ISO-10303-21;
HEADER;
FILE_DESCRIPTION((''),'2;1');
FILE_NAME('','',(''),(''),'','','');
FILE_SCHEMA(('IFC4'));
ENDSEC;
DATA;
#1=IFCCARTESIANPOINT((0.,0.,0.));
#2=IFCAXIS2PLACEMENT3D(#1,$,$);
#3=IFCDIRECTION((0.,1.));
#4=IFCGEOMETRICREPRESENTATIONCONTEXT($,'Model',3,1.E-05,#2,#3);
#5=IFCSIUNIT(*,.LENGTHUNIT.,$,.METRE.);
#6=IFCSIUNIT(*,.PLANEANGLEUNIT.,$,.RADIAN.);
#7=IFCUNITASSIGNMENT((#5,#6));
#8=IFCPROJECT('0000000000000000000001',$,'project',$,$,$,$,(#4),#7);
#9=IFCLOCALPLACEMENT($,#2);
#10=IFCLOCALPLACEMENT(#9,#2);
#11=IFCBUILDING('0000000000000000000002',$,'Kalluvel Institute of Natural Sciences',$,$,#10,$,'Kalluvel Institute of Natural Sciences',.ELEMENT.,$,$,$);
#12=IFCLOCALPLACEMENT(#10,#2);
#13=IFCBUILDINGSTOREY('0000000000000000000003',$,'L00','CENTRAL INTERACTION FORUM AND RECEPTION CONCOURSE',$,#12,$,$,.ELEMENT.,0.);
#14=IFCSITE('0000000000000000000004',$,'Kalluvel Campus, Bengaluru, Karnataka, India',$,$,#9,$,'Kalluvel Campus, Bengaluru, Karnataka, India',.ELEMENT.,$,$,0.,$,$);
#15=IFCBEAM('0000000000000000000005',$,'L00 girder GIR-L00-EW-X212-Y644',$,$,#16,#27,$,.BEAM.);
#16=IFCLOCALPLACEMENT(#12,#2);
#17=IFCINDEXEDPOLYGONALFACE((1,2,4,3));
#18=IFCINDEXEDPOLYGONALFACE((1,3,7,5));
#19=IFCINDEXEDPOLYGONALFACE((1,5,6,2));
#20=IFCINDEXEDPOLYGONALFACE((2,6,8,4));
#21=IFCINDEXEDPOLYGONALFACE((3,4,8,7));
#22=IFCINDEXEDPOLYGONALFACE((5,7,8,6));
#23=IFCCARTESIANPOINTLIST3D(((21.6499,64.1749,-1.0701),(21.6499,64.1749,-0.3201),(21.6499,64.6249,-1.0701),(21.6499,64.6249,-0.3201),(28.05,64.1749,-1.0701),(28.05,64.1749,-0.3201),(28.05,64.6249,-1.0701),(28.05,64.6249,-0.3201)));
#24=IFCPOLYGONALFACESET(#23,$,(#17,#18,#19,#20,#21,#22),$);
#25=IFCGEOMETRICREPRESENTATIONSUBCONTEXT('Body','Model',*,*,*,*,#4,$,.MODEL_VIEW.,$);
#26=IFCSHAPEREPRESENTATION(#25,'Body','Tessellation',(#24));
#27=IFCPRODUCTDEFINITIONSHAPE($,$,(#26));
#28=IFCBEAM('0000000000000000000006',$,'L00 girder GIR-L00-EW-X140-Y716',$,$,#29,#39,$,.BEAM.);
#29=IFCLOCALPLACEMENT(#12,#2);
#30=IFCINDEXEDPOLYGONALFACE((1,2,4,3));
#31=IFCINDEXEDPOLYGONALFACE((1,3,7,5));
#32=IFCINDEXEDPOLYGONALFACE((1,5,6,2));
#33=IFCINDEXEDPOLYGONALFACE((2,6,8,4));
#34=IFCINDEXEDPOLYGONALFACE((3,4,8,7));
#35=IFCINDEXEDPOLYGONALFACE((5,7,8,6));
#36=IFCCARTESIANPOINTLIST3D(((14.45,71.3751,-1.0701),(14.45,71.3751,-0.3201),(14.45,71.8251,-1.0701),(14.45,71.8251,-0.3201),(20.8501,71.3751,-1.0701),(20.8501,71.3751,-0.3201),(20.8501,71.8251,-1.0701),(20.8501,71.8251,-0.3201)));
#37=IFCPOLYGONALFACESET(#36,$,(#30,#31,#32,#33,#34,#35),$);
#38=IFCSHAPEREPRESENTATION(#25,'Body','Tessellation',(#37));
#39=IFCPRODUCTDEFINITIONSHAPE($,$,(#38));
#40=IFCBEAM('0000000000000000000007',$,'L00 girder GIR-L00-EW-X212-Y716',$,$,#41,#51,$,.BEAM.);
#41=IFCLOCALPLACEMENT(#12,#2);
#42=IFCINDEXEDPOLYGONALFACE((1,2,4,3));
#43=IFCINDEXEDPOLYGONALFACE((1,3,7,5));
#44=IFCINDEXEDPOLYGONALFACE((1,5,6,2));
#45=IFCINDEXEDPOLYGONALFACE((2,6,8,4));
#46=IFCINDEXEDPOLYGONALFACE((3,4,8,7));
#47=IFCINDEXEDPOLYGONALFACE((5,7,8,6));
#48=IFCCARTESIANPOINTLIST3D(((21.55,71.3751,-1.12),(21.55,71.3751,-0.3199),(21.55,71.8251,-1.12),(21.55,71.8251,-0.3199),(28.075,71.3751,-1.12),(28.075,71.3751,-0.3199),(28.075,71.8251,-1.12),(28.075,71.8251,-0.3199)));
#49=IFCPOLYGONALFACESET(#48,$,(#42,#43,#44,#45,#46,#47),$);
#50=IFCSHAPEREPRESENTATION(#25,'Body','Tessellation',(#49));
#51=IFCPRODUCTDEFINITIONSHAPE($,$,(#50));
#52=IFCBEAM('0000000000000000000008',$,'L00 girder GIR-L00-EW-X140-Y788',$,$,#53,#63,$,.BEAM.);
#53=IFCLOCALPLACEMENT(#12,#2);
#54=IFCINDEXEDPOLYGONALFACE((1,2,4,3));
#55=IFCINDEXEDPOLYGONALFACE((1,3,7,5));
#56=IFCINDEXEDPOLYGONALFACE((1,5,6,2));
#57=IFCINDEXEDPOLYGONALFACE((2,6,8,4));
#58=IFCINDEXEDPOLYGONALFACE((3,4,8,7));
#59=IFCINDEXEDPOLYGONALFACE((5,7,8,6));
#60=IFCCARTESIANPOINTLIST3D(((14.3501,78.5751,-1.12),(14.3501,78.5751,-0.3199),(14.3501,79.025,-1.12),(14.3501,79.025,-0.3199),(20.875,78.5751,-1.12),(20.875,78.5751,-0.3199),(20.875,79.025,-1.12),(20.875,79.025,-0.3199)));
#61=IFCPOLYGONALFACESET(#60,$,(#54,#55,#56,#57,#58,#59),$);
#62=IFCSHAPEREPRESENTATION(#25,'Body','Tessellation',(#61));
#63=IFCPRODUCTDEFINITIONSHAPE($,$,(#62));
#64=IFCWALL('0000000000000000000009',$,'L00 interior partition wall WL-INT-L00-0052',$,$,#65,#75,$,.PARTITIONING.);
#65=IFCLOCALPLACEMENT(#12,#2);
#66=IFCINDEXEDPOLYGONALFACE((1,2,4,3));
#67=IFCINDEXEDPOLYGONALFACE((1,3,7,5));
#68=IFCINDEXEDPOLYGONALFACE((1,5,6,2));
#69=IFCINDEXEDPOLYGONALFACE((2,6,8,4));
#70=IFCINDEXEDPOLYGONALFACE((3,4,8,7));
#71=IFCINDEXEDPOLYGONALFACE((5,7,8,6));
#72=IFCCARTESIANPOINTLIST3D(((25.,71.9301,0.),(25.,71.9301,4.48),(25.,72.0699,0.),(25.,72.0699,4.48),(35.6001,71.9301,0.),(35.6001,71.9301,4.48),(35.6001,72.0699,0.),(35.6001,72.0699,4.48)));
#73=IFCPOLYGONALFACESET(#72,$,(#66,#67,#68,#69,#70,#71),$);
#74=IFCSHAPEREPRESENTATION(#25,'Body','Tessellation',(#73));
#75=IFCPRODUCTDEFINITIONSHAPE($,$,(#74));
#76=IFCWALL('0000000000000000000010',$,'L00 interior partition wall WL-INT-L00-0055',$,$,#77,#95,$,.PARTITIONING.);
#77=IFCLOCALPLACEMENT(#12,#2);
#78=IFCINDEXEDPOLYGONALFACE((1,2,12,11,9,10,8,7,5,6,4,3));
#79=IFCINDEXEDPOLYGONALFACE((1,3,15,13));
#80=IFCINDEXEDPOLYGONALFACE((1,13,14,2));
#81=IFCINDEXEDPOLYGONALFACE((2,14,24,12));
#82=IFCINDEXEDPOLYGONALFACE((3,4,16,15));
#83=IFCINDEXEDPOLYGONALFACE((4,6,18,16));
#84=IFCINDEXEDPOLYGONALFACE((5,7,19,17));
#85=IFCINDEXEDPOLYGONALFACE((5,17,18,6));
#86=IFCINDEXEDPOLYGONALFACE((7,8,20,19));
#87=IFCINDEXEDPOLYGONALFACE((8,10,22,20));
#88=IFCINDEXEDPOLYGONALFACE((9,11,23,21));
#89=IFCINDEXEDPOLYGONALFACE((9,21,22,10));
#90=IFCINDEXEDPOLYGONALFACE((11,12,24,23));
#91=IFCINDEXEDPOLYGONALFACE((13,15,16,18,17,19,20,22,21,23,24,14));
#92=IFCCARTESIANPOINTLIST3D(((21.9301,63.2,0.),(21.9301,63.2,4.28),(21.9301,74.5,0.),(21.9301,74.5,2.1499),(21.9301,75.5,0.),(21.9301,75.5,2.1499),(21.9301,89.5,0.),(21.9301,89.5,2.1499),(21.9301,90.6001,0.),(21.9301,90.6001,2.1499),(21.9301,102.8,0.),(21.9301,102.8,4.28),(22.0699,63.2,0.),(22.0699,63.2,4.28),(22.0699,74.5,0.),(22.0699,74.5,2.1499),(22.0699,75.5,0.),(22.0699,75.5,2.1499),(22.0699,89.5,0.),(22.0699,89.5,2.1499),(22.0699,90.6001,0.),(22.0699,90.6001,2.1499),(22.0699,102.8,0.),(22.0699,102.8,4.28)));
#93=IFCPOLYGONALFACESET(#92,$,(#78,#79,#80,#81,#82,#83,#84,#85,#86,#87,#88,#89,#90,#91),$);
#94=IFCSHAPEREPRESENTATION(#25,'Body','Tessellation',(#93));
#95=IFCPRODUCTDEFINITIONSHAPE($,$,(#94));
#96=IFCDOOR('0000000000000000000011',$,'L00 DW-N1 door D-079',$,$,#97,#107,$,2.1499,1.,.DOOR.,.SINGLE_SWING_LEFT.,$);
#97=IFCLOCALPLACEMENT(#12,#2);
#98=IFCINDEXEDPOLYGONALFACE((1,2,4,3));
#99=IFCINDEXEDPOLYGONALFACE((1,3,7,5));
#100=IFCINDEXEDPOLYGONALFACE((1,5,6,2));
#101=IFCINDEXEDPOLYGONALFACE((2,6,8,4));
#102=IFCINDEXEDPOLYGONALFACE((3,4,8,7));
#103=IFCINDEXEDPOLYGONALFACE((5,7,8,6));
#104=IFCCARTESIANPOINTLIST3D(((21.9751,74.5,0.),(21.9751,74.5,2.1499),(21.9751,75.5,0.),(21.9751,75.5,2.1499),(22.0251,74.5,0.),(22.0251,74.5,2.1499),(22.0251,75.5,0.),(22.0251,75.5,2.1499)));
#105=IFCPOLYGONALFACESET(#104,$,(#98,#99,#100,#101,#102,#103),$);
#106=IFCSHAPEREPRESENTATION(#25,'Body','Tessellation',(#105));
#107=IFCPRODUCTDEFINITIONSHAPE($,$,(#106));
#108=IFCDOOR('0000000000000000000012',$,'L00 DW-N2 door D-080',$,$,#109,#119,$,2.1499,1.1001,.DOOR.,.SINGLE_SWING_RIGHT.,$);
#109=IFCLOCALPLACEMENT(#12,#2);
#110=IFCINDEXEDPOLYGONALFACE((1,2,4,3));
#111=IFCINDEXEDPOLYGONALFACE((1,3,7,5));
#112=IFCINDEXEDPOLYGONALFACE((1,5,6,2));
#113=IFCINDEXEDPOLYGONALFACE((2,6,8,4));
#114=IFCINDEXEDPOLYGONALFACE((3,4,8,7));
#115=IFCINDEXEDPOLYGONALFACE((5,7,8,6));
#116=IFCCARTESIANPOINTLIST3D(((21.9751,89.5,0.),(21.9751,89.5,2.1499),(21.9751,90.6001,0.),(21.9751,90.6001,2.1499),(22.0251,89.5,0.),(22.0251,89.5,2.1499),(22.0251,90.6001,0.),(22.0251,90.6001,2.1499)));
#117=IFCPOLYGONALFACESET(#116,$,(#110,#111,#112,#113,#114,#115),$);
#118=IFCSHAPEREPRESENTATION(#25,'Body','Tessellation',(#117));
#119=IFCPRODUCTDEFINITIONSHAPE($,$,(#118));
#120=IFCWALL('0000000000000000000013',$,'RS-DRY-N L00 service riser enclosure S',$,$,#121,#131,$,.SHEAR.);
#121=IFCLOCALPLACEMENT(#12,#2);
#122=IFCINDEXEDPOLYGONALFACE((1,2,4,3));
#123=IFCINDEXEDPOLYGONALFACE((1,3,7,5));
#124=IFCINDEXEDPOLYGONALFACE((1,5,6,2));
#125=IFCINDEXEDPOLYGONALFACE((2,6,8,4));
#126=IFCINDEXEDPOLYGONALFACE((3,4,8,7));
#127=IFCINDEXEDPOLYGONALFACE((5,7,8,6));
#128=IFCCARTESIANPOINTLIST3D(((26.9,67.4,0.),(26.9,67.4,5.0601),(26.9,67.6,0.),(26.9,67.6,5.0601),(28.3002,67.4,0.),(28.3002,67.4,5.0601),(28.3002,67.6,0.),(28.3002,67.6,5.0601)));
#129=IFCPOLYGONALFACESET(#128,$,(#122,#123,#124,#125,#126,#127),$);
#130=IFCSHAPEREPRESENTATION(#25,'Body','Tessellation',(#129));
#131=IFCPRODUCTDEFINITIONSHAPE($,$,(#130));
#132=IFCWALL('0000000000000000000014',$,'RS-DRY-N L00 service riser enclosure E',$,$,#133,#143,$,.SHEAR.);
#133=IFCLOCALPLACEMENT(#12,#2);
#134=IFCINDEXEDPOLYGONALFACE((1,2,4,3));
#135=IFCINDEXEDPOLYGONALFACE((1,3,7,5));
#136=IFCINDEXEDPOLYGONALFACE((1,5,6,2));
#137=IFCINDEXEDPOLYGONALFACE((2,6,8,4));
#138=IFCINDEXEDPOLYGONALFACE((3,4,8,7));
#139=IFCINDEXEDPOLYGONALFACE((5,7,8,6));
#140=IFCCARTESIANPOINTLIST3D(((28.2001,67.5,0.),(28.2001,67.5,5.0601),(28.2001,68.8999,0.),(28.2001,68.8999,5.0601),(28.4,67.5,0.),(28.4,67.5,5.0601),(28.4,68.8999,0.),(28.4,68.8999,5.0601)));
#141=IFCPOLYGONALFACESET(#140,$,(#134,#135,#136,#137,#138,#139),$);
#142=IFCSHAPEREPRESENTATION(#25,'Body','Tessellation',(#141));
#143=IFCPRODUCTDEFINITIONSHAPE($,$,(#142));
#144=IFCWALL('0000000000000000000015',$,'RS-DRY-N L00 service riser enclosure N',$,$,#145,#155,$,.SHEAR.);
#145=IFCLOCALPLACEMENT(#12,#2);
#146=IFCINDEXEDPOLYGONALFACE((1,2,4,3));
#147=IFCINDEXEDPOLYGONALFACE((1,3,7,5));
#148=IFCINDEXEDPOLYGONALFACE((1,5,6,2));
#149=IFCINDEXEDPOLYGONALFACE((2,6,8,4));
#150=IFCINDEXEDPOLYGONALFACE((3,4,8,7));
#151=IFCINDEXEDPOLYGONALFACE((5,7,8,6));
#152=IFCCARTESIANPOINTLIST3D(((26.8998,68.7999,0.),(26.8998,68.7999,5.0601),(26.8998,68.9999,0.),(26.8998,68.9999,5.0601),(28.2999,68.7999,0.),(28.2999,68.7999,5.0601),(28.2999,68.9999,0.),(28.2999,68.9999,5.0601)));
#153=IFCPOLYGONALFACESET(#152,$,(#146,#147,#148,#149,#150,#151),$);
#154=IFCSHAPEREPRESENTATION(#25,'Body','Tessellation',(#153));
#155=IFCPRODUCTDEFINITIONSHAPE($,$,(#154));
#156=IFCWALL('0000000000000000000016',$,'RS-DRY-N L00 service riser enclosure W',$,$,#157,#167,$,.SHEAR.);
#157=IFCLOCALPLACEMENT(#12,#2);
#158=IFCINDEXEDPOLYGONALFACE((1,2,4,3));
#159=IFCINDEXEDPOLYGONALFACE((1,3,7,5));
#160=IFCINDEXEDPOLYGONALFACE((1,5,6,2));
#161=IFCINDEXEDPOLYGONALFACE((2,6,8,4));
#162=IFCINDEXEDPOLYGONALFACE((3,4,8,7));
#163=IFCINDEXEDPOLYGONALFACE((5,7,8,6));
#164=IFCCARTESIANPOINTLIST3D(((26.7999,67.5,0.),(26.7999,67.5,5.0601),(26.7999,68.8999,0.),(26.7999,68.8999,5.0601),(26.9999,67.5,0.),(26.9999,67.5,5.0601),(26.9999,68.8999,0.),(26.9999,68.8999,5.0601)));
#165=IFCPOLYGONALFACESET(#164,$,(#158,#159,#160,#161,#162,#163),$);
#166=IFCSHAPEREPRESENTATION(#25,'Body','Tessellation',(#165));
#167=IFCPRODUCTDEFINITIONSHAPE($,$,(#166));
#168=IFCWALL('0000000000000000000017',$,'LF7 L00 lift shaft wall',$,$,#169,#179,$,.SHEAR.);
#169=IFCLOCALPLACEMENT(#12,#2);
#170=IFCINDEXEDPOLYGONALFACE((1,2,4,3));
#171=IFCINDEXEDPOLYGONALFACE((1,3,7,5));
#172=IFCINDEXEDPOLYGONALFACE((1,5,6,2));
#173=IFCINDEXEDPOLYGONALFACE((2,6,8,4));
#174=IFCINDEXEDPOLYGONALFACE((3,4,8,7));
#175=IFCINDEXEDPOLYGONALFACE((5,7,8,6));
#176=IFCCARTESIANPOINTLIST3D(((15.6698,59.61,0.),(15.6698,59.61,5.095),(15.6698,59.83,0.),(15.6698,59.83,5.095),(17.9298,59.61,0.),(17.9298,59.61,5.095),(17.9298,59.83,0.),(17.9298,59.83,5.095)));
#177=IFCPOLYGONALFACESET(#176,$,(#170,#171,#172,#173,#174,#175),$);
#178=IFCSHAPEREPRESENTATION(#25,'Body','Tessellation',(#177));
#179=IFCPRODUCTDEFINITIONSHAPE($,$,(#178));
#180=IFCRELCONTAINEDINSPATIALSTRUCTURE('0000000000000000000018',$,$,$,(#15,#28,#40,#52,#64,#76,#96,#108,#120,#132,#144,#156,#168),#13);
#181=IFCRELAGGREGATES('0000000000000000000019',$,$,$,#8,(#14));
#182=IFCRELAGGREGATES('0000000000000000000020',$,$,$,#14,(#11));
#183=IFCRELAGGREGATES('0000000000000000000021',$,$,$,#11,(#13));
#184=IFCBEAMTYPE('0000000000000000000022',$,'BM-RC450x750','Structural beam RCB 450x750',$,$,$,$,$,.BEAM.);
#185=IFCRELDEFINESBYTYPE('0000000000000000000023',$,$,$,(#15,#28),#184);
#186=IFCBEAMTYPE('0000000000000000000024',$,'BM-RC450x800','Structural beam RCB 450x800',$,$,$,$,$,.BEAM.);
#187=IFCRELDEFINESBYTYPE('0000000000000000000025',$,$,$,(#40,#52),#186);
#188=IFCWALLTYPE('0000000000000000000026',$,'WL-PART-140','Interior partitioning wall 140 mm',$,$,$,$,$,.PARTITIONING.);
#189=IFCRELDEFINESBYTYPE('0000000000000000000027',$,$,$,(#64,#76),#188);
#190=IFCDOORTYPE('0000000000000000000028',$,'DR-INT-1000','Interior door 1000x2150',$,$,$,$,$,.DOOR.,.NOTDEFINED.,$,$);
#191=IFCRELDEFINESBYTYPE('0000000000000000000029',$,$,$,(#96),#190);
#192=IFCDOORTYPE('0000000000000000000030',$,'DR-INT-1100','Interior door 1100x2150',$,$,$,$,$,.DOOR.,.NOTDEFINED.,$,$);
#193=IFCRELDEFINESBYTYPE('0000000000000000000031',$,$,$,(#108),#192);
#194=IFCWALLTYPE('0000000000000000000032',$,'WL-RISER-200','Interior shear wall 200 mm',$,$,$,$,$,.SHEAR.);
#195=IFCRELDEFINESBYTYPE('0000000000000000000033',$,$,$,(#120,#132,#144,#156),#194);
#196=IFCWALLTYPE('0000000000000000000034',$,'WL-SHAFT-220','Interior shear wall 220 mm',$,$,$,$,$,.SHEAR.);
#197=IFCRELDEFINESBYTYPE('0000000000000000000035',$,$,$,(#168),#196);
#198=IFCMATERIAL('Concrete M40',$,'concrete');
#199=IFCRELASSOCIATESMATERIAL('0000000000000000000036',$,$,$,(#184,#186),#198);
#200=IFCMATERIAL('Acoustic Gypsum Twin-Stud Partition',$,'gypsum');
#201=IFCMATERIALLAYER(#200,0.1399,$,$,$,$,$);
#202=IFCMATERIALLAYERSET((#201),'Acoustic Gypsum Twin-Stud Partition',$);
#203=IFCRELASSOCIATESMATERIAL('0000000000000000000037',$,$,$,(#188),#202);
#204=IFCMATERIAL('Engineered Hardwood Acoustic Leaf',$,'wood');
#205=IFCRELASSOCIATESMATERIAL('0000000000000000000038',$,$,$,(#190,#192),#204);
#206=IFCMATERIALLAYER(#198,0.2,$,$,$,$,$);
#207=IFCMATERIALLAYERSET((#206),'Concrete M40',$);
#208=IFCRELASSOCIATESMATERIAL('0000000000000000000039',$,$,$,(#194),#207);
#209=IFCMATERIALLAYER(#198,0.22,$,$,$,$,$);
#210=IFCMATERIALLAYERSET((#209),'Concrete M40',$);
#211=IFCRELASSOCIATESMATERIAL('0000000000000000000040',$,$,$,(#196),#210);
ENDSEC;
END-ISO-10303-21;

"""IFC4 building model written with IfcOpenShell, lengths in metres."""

from ifc_helpers import new_model, si_unit, direction, frame, frame_2d, origin, origin_2d, place, context, subcontext, project, spatial, rectangle, extrude, material, layer, layer_set, material_profile, profile_set, type_object, element, fill, save


model = new_model("IFC4")

# Units and contexts
model_context = context("Model", 3, precision=1e-05, world=origin(), true_north=direction((0.0, 1.0)))
body_context = subcontext(model_context, "Body", "Model", "MODEL_VIEW")
ifc_project = project(units=[si_unit("LENGTHUNIT", "METRE"), si_unit("PLANEANGLEUNIT", "RADIAN")], contexts=[model_context])

# Site, building, storey
site_placement = place(None, origin())
site = spatial("IfcSite", under=ifc_project, at=site_placement, Name="Kalluvel Campus, Bengaluru, Karnataka, India", LongName="Kalluvel Campus, Bengaluru, Karnataka, India", CompositionType="ELEMENT", RefElevation=0.0)
building_placement = place(site_placement, origin())
building = spatial("IfcBuilding", under=site, at=building_placement, Name="Kalluvel Institute of Natural Sciences", LongName="Kalluvel Institute of Natural Sciences", CompositionType="ELEMENT")
storey_placement = place(building_placement, origin())
storey = spatial("IfcBuildingStorey", under=building, at=storey_placement, Name="L00", Description="CENTRAL INTERACTION FORUM AND RECEPTION CONCOURSE", CompositionType="ELEMENT", Elevation=0.0)

# Beams
ifc_material_1 = material(Name="Concrete M40", Category="concrete")
ifc_material_profile_1 = material_profile(ifc_material_1, rectangle(XDim=0.45, YDim=0.75, at=origin_2d()), Name="RCB 450x750")
ifc_profile_set_1 = profile_set([ifc_material_profile_1], Name="Concrete M40")
beam_type_1 = type_object("IfcBeamType", Name="BM-RC450x750", Description="Structural beam RCB 450x750", PredefinedType="BEAM", material=ifc_profile_set_1)
for number, where, z_axis, x_axis, name in (
    (1, (21.6499, 64.3999, -0.6951), (1.0, 0.0, 0.0), (0.0, 1.0, 0.0), "L00 girder GIR-L00-EW-X212-Y644"),
    (2, (14.45, 71.6001, -0.6951), (1.0, 0.0, 0.0), (0.0, 1.0, 0.0), "L00 girder GIR-L00-EW-X140-Y716"),
):
    element("IfcBeam", number, at=place(storey_placement, frame(where, z_axis=z_axis, x_axis=x_axis)), inside=storey, type_object=beam_type_1, Name=name, PredefinedType="BEAM", context=body_context, shape_type="SweptSolid", body=[
        extrude(rectangle(XDim=0.45, YDim=0.75, at=origin_2d()), origin(), (0.0, 0.0, 1.0), 6.4001),
    ])
ifc_material_profile_2 = material_profile(ifc_material_1, rectangle(XDim=0.45, YDim=0.8, at=origin_2d()), Name="RCB 450x800")
ifc_profile_set_2 = profile_set([ifc_material_profile_2], Name="Concrete M40")
beam_type_2 = type_object("IfcBeamType", Name="BM-RC450x800", Description="Structural beam RCB 450x800", PredefinedType="BEAM", material=ifc_profile_set_2)
for number, where, z_axis, x_axis, name in (
    (3, (21.55, 71.6001, -0.72), (1.0, 0.0, 0.0), (0.0, 1.0, 0.0), "L00 girder GIR-L00-EW-X212-Y716"),
    (4, (14.3501, 78.8, -0.72), (1.0, 0.0, 0.0), (0.0, 1.0, 0.0), "L00 girder GIR-L00-EW-X140-Y788"),
):
    element("IfcBeam", number, at=place(storey_placement, frame(where, z_axis=z_axis, x_axis=x_axis)), inside=storey, type_object=beam_type_2, Name=name, PredefinedType="BEAM", context=body_context, shape_type="SweptSolid", body=[
        extrude(rectangle(XDim=0.45, YDim=0.8, at=origin_2d()), origin(), (0.0, 0.0, 1.0), 6.5249),
    ])

# Wall
ifc_material_2 = material(Name="Acoustic Gypsum Twin-Stud Partition", Category="gypsum")
ifc_layer_1 = layer(ifc_material_2, 0.1399)
ifc_layer_set_1 = layer_set([ifc_layer_1], Name="Acoustic Gypsum Twin-Stud Partition")
wall_type_1 = type_object("IfcWallType", Name="WL-PART-140", Description="Interior partitioning wall 140 mm", PredefinedType="PARTITIONING", material=ifc_layer_set_1)
wall_1_placement = place(storey_placement, frame((25.0, 72.0, 0.0), z_axis=(0.0, 0.0, 1.0), x_axis=(1.0, 0.0, 0.0)))
element("IfcWall", 5, at=wall_1_placement, inside=storey, type_object=wall_type_1, Name="L00 interior partition wall WL-INT-L00-0052", PredefinedType="PARTITIONING", context=body_context, shape_type="SweptSolid", body=[
    extrude(rectangle(XDim=10.6001, YDim=0.1399, at=frame_2d((5.3, 0.0))), origin(), (0.0, 0.0, 1.0), 4.48),
])

# Wall, openings, doors
wall_2_placement = place(storey_placement, frame((22.0, 63.2, 0.0), z_axis=(0.0, 0.0, 1.0), x_axis=(0.0, 1.0, 0.0)))
wall_2 = element("IfcWall", 6, at=wall_2_placement, inside=storey, type_object=wall_type_1, Name="L00 interior partition wall WL-INT-L00-0055", PredefinedType="PARTITIONING", context=body_context, shape_type="SweptSolid", body=[
    extrude(rectangle(XDim=39.6001, YDim=0.1399, at=frame_2d((19.8, 0.0))), origin(), (0.0, 0.0, 1.0), 4.28),
])
opening_1_placement = place(wall_2_placement, frame((11.3, 0.0, 0.0)))
opening_1 = element("IfcOpeningElement", 7, at=opening_1_placement, cuts=wall_2, PredefinedType="OPENING", context=body_context, shape_type="SweptSolid", body=[
    extrude(rectangle(XDim=1.0, YDim=2.1499, at=frame_2d((0.5, 1.075))), frame((0.0, 0.0798, 0.0), z_axis=(0.0, -1.0, 0.0), x_axis=(1.0, 0.0, 0.0)), (0.0, 0.0, 1.0), 0.1599),
])
opening_2_placement = place(wall_2_placement, frame((26.3, 0.0, 0.0)))
opening_2 = element("IfcOpeningElement", 8, at=opening_2_placement, cuts=wall_2, PredefinedType="OPENING", context=body_context, shape_type="SweptSolid", body=[
    extrude(rectangle(XDim=1.1001, YDim=2.1499, at=frame_2d((0.55, 1.075))), frame((0.0, 0.0798, 0.0), z_axis=(0.0, -1.0, 0.0), x_axis=(1.0, 0.0, 0.0)), (0.0, 0.0, 1.0), 0.1599),
])
ifc_material_3 = material(Name="Engineered Hardwood Acoustic Leaf", Category="wood")
door_type_1 = type_object("IfcDoorType", Name="DR-INT-1000", Description="Interior door 1000x2150", OperationType="NOTDEFINED", PredefinedType="DOOR", material=ifc_material_3)
door_1_placement = place(opening_1_placement, origin())
door_1 = element("IfcDoor", 9, at=door_1_placement, inside=storey, type_object=door_type_1, Name="L00 DW-N1 door D-079", OperationType="SINGLE_SWING_LEFT", OverallHeight=2.1499, OverallWidth=1.0, PredefinedType="DOOR", context=body_context, shape_type="SweptSolid", body=[
    extrude(rectangle(XDim=1.0, YDim=2.1499, at=frame_2d((0.5, 1.075))), frame((0.0, 0.0249, 0.0), z_axis=(0.0, -1.0, 0.0), x_axis=(1.0, 0.0, 0.0)), (0.0, 0.0, 1.0), 0.05),
])
fill(opening_1, door_1)
door_type_2 = type_object("IfcDoorType", Name="DR-INT-1100", Description="Interior door 1100x2150", OperationType="NOTDEFINED", PredefinedType="DOOR", material=ifc_material_3)
door_2_placement = place(opening_2_placement, origin())
door_2 = element("IfcDoor", 10, at=door_2_placement, inside=storey, type_object=door_type_2, Name="L00 DW-N2 door D-080", OperationType="SINGLE_SWING_RIGHT", OverallHeight=2.1499, OverallWidth=1.1001, PredefinedType="DOOR", context=body_context, shape_type="SweptSolid", body=[
    extrude(rectangle(XDim=1.1001, YDim=2.1499, at=frame_2d((0.55, 1.075))), frame((0.0, 0.0249, 0.0), z_axis=(0.0, -1.0, 0.0), x_axis=(1.0, 0.0, 0.0)), (0.0, 0.0, 1.0), 0.05),
])
fill(opening_2, door_2)

# Walls
ifc_layer_2 = layer(ifc_material_1, 0.2)
ifc_layer_set_2 = layer_set([ifc_layer_2], Name="Concrete M40")
wall_type_2 = type_object("IfcWallType", Name="WL-RISER-200", Description="Interior shear wall 200 mm", PredefinedType="SHEAR", material=ifc_layer_set_2)
wall_3_placement = place(storey_placement, frame((26.8999, 67.5, 0.0), z_axis=(0.0, 0.0, 1.0), x_axis=(1.0, 0.0, 0.0)))
element("IfcWall", 11, at=wall_3_placement, inside=storey, type_object=wall_type_2, Name="RS-DRY-N L00 service riser enclosure S", PredefinedType="SHEAR", context=body_context, shape_type="SweptSolid", body=[
    extrude(rectangle(XDim=1.4001, YDim=0.2, at=frame_2d((0.7002, 0.0))), origin(), (0.0, 0.0, 1.0), 5.0601),
])
wall_4_placement = place(storey_placement, frame((28.3, 67.5, 0.0), z_axis=(0.0, 0.0, 1.0), x_axis=(0.0, 1.0, 0.0)))
element("IfcWall", 12, at=wall_4_placement, inside=storey, type_object=wall_type_2, Name="RS-DRY-N L00 service riser enclosure E", PredefinedType="SHEAR", context=body_context, shape_type="SweptSolid", body=[
    extrude(rectangle(XDim=1.3999, YDim=0.2, at=frame_2d((0.7, 0.0))), origin(), (0.0, 0.0, 1.0), 5.0601),
])
wall_5_placement = place(storey_placement, frame((28.3, 68.8999, 0.0), z_axis=(0.0, 0.0, 1.0), x_axis=(-1.0, 0.0, 0.0)))
element("IfcWall", 13, at=wall_5_placement, inside=storey, type_object=wall_type_2, Name="RS-DRY-N L00 service riser enclosure N", PredefinedType="SHEAR", context=body_context, shape_type="SweptSolid", body=[
    extrude(rectangle(XDim=1.4001, YDim=0.2, at=frame_2d((0.7002, 0.0))), origin(), (0.0, 0.0, 1.0), 5.0601),
])
wall_6_placement = place(storey_placement, frame((26.8999, 68.8999, 0.0), z_axis=(0.0, 0.0, 1.0), x_axis=(0.0, -1.0, 0.0)))
element("IfcWall", 14, at=wall_6_placement, inside=storey, type_object=wall_type_2, Name="RS-DRY-N L00 service riser enclosure W", PredefinedType="SHEAR", context=body_context, shape_type="SweptSolid", body=[
    extrude(rectangle(XDim=1.3999, YDim=0.2, at=frame_2d((0.7, 0.0))), origin(), (0.0, 0.0, 1.0), 5.0601),
])
ifc_layer_3 = layer(ifc_material_1, 0.22)
ifc_layer_set_3 = layer_set([ifc_layer_3], Name="Concrete M40")
wall_type_3 = type_object("IfcWallType", Name="WL-SHAFT-220", Description="Interior shear wall 220 mm", PredefinedType="SHEAR", material=ifc_layer_set_3)
wall_7_placement = place(storey_placement, frame((15.6699, 59.72, 0.0), z_axis=(0.0, 0.0, 1.0), x_axis=(1.0, 0.0, 0.0)))
element("IfcWall", 15, at=wall_7_placement, inside=storey, type_object=wall_type_3, Name="LF7 L00 lift shaft wall", PredefinedType="SHEAR", context=body_context, shape_type="SweptSolid", body=[
    extrude(rectangle(XDim=2.26, YDim=0.22, at=frame_2d((1.1299, 0.0))), origin(), (0.0, 0.0, 1.0), 5.095),
])

save(model, "model.ifc")
